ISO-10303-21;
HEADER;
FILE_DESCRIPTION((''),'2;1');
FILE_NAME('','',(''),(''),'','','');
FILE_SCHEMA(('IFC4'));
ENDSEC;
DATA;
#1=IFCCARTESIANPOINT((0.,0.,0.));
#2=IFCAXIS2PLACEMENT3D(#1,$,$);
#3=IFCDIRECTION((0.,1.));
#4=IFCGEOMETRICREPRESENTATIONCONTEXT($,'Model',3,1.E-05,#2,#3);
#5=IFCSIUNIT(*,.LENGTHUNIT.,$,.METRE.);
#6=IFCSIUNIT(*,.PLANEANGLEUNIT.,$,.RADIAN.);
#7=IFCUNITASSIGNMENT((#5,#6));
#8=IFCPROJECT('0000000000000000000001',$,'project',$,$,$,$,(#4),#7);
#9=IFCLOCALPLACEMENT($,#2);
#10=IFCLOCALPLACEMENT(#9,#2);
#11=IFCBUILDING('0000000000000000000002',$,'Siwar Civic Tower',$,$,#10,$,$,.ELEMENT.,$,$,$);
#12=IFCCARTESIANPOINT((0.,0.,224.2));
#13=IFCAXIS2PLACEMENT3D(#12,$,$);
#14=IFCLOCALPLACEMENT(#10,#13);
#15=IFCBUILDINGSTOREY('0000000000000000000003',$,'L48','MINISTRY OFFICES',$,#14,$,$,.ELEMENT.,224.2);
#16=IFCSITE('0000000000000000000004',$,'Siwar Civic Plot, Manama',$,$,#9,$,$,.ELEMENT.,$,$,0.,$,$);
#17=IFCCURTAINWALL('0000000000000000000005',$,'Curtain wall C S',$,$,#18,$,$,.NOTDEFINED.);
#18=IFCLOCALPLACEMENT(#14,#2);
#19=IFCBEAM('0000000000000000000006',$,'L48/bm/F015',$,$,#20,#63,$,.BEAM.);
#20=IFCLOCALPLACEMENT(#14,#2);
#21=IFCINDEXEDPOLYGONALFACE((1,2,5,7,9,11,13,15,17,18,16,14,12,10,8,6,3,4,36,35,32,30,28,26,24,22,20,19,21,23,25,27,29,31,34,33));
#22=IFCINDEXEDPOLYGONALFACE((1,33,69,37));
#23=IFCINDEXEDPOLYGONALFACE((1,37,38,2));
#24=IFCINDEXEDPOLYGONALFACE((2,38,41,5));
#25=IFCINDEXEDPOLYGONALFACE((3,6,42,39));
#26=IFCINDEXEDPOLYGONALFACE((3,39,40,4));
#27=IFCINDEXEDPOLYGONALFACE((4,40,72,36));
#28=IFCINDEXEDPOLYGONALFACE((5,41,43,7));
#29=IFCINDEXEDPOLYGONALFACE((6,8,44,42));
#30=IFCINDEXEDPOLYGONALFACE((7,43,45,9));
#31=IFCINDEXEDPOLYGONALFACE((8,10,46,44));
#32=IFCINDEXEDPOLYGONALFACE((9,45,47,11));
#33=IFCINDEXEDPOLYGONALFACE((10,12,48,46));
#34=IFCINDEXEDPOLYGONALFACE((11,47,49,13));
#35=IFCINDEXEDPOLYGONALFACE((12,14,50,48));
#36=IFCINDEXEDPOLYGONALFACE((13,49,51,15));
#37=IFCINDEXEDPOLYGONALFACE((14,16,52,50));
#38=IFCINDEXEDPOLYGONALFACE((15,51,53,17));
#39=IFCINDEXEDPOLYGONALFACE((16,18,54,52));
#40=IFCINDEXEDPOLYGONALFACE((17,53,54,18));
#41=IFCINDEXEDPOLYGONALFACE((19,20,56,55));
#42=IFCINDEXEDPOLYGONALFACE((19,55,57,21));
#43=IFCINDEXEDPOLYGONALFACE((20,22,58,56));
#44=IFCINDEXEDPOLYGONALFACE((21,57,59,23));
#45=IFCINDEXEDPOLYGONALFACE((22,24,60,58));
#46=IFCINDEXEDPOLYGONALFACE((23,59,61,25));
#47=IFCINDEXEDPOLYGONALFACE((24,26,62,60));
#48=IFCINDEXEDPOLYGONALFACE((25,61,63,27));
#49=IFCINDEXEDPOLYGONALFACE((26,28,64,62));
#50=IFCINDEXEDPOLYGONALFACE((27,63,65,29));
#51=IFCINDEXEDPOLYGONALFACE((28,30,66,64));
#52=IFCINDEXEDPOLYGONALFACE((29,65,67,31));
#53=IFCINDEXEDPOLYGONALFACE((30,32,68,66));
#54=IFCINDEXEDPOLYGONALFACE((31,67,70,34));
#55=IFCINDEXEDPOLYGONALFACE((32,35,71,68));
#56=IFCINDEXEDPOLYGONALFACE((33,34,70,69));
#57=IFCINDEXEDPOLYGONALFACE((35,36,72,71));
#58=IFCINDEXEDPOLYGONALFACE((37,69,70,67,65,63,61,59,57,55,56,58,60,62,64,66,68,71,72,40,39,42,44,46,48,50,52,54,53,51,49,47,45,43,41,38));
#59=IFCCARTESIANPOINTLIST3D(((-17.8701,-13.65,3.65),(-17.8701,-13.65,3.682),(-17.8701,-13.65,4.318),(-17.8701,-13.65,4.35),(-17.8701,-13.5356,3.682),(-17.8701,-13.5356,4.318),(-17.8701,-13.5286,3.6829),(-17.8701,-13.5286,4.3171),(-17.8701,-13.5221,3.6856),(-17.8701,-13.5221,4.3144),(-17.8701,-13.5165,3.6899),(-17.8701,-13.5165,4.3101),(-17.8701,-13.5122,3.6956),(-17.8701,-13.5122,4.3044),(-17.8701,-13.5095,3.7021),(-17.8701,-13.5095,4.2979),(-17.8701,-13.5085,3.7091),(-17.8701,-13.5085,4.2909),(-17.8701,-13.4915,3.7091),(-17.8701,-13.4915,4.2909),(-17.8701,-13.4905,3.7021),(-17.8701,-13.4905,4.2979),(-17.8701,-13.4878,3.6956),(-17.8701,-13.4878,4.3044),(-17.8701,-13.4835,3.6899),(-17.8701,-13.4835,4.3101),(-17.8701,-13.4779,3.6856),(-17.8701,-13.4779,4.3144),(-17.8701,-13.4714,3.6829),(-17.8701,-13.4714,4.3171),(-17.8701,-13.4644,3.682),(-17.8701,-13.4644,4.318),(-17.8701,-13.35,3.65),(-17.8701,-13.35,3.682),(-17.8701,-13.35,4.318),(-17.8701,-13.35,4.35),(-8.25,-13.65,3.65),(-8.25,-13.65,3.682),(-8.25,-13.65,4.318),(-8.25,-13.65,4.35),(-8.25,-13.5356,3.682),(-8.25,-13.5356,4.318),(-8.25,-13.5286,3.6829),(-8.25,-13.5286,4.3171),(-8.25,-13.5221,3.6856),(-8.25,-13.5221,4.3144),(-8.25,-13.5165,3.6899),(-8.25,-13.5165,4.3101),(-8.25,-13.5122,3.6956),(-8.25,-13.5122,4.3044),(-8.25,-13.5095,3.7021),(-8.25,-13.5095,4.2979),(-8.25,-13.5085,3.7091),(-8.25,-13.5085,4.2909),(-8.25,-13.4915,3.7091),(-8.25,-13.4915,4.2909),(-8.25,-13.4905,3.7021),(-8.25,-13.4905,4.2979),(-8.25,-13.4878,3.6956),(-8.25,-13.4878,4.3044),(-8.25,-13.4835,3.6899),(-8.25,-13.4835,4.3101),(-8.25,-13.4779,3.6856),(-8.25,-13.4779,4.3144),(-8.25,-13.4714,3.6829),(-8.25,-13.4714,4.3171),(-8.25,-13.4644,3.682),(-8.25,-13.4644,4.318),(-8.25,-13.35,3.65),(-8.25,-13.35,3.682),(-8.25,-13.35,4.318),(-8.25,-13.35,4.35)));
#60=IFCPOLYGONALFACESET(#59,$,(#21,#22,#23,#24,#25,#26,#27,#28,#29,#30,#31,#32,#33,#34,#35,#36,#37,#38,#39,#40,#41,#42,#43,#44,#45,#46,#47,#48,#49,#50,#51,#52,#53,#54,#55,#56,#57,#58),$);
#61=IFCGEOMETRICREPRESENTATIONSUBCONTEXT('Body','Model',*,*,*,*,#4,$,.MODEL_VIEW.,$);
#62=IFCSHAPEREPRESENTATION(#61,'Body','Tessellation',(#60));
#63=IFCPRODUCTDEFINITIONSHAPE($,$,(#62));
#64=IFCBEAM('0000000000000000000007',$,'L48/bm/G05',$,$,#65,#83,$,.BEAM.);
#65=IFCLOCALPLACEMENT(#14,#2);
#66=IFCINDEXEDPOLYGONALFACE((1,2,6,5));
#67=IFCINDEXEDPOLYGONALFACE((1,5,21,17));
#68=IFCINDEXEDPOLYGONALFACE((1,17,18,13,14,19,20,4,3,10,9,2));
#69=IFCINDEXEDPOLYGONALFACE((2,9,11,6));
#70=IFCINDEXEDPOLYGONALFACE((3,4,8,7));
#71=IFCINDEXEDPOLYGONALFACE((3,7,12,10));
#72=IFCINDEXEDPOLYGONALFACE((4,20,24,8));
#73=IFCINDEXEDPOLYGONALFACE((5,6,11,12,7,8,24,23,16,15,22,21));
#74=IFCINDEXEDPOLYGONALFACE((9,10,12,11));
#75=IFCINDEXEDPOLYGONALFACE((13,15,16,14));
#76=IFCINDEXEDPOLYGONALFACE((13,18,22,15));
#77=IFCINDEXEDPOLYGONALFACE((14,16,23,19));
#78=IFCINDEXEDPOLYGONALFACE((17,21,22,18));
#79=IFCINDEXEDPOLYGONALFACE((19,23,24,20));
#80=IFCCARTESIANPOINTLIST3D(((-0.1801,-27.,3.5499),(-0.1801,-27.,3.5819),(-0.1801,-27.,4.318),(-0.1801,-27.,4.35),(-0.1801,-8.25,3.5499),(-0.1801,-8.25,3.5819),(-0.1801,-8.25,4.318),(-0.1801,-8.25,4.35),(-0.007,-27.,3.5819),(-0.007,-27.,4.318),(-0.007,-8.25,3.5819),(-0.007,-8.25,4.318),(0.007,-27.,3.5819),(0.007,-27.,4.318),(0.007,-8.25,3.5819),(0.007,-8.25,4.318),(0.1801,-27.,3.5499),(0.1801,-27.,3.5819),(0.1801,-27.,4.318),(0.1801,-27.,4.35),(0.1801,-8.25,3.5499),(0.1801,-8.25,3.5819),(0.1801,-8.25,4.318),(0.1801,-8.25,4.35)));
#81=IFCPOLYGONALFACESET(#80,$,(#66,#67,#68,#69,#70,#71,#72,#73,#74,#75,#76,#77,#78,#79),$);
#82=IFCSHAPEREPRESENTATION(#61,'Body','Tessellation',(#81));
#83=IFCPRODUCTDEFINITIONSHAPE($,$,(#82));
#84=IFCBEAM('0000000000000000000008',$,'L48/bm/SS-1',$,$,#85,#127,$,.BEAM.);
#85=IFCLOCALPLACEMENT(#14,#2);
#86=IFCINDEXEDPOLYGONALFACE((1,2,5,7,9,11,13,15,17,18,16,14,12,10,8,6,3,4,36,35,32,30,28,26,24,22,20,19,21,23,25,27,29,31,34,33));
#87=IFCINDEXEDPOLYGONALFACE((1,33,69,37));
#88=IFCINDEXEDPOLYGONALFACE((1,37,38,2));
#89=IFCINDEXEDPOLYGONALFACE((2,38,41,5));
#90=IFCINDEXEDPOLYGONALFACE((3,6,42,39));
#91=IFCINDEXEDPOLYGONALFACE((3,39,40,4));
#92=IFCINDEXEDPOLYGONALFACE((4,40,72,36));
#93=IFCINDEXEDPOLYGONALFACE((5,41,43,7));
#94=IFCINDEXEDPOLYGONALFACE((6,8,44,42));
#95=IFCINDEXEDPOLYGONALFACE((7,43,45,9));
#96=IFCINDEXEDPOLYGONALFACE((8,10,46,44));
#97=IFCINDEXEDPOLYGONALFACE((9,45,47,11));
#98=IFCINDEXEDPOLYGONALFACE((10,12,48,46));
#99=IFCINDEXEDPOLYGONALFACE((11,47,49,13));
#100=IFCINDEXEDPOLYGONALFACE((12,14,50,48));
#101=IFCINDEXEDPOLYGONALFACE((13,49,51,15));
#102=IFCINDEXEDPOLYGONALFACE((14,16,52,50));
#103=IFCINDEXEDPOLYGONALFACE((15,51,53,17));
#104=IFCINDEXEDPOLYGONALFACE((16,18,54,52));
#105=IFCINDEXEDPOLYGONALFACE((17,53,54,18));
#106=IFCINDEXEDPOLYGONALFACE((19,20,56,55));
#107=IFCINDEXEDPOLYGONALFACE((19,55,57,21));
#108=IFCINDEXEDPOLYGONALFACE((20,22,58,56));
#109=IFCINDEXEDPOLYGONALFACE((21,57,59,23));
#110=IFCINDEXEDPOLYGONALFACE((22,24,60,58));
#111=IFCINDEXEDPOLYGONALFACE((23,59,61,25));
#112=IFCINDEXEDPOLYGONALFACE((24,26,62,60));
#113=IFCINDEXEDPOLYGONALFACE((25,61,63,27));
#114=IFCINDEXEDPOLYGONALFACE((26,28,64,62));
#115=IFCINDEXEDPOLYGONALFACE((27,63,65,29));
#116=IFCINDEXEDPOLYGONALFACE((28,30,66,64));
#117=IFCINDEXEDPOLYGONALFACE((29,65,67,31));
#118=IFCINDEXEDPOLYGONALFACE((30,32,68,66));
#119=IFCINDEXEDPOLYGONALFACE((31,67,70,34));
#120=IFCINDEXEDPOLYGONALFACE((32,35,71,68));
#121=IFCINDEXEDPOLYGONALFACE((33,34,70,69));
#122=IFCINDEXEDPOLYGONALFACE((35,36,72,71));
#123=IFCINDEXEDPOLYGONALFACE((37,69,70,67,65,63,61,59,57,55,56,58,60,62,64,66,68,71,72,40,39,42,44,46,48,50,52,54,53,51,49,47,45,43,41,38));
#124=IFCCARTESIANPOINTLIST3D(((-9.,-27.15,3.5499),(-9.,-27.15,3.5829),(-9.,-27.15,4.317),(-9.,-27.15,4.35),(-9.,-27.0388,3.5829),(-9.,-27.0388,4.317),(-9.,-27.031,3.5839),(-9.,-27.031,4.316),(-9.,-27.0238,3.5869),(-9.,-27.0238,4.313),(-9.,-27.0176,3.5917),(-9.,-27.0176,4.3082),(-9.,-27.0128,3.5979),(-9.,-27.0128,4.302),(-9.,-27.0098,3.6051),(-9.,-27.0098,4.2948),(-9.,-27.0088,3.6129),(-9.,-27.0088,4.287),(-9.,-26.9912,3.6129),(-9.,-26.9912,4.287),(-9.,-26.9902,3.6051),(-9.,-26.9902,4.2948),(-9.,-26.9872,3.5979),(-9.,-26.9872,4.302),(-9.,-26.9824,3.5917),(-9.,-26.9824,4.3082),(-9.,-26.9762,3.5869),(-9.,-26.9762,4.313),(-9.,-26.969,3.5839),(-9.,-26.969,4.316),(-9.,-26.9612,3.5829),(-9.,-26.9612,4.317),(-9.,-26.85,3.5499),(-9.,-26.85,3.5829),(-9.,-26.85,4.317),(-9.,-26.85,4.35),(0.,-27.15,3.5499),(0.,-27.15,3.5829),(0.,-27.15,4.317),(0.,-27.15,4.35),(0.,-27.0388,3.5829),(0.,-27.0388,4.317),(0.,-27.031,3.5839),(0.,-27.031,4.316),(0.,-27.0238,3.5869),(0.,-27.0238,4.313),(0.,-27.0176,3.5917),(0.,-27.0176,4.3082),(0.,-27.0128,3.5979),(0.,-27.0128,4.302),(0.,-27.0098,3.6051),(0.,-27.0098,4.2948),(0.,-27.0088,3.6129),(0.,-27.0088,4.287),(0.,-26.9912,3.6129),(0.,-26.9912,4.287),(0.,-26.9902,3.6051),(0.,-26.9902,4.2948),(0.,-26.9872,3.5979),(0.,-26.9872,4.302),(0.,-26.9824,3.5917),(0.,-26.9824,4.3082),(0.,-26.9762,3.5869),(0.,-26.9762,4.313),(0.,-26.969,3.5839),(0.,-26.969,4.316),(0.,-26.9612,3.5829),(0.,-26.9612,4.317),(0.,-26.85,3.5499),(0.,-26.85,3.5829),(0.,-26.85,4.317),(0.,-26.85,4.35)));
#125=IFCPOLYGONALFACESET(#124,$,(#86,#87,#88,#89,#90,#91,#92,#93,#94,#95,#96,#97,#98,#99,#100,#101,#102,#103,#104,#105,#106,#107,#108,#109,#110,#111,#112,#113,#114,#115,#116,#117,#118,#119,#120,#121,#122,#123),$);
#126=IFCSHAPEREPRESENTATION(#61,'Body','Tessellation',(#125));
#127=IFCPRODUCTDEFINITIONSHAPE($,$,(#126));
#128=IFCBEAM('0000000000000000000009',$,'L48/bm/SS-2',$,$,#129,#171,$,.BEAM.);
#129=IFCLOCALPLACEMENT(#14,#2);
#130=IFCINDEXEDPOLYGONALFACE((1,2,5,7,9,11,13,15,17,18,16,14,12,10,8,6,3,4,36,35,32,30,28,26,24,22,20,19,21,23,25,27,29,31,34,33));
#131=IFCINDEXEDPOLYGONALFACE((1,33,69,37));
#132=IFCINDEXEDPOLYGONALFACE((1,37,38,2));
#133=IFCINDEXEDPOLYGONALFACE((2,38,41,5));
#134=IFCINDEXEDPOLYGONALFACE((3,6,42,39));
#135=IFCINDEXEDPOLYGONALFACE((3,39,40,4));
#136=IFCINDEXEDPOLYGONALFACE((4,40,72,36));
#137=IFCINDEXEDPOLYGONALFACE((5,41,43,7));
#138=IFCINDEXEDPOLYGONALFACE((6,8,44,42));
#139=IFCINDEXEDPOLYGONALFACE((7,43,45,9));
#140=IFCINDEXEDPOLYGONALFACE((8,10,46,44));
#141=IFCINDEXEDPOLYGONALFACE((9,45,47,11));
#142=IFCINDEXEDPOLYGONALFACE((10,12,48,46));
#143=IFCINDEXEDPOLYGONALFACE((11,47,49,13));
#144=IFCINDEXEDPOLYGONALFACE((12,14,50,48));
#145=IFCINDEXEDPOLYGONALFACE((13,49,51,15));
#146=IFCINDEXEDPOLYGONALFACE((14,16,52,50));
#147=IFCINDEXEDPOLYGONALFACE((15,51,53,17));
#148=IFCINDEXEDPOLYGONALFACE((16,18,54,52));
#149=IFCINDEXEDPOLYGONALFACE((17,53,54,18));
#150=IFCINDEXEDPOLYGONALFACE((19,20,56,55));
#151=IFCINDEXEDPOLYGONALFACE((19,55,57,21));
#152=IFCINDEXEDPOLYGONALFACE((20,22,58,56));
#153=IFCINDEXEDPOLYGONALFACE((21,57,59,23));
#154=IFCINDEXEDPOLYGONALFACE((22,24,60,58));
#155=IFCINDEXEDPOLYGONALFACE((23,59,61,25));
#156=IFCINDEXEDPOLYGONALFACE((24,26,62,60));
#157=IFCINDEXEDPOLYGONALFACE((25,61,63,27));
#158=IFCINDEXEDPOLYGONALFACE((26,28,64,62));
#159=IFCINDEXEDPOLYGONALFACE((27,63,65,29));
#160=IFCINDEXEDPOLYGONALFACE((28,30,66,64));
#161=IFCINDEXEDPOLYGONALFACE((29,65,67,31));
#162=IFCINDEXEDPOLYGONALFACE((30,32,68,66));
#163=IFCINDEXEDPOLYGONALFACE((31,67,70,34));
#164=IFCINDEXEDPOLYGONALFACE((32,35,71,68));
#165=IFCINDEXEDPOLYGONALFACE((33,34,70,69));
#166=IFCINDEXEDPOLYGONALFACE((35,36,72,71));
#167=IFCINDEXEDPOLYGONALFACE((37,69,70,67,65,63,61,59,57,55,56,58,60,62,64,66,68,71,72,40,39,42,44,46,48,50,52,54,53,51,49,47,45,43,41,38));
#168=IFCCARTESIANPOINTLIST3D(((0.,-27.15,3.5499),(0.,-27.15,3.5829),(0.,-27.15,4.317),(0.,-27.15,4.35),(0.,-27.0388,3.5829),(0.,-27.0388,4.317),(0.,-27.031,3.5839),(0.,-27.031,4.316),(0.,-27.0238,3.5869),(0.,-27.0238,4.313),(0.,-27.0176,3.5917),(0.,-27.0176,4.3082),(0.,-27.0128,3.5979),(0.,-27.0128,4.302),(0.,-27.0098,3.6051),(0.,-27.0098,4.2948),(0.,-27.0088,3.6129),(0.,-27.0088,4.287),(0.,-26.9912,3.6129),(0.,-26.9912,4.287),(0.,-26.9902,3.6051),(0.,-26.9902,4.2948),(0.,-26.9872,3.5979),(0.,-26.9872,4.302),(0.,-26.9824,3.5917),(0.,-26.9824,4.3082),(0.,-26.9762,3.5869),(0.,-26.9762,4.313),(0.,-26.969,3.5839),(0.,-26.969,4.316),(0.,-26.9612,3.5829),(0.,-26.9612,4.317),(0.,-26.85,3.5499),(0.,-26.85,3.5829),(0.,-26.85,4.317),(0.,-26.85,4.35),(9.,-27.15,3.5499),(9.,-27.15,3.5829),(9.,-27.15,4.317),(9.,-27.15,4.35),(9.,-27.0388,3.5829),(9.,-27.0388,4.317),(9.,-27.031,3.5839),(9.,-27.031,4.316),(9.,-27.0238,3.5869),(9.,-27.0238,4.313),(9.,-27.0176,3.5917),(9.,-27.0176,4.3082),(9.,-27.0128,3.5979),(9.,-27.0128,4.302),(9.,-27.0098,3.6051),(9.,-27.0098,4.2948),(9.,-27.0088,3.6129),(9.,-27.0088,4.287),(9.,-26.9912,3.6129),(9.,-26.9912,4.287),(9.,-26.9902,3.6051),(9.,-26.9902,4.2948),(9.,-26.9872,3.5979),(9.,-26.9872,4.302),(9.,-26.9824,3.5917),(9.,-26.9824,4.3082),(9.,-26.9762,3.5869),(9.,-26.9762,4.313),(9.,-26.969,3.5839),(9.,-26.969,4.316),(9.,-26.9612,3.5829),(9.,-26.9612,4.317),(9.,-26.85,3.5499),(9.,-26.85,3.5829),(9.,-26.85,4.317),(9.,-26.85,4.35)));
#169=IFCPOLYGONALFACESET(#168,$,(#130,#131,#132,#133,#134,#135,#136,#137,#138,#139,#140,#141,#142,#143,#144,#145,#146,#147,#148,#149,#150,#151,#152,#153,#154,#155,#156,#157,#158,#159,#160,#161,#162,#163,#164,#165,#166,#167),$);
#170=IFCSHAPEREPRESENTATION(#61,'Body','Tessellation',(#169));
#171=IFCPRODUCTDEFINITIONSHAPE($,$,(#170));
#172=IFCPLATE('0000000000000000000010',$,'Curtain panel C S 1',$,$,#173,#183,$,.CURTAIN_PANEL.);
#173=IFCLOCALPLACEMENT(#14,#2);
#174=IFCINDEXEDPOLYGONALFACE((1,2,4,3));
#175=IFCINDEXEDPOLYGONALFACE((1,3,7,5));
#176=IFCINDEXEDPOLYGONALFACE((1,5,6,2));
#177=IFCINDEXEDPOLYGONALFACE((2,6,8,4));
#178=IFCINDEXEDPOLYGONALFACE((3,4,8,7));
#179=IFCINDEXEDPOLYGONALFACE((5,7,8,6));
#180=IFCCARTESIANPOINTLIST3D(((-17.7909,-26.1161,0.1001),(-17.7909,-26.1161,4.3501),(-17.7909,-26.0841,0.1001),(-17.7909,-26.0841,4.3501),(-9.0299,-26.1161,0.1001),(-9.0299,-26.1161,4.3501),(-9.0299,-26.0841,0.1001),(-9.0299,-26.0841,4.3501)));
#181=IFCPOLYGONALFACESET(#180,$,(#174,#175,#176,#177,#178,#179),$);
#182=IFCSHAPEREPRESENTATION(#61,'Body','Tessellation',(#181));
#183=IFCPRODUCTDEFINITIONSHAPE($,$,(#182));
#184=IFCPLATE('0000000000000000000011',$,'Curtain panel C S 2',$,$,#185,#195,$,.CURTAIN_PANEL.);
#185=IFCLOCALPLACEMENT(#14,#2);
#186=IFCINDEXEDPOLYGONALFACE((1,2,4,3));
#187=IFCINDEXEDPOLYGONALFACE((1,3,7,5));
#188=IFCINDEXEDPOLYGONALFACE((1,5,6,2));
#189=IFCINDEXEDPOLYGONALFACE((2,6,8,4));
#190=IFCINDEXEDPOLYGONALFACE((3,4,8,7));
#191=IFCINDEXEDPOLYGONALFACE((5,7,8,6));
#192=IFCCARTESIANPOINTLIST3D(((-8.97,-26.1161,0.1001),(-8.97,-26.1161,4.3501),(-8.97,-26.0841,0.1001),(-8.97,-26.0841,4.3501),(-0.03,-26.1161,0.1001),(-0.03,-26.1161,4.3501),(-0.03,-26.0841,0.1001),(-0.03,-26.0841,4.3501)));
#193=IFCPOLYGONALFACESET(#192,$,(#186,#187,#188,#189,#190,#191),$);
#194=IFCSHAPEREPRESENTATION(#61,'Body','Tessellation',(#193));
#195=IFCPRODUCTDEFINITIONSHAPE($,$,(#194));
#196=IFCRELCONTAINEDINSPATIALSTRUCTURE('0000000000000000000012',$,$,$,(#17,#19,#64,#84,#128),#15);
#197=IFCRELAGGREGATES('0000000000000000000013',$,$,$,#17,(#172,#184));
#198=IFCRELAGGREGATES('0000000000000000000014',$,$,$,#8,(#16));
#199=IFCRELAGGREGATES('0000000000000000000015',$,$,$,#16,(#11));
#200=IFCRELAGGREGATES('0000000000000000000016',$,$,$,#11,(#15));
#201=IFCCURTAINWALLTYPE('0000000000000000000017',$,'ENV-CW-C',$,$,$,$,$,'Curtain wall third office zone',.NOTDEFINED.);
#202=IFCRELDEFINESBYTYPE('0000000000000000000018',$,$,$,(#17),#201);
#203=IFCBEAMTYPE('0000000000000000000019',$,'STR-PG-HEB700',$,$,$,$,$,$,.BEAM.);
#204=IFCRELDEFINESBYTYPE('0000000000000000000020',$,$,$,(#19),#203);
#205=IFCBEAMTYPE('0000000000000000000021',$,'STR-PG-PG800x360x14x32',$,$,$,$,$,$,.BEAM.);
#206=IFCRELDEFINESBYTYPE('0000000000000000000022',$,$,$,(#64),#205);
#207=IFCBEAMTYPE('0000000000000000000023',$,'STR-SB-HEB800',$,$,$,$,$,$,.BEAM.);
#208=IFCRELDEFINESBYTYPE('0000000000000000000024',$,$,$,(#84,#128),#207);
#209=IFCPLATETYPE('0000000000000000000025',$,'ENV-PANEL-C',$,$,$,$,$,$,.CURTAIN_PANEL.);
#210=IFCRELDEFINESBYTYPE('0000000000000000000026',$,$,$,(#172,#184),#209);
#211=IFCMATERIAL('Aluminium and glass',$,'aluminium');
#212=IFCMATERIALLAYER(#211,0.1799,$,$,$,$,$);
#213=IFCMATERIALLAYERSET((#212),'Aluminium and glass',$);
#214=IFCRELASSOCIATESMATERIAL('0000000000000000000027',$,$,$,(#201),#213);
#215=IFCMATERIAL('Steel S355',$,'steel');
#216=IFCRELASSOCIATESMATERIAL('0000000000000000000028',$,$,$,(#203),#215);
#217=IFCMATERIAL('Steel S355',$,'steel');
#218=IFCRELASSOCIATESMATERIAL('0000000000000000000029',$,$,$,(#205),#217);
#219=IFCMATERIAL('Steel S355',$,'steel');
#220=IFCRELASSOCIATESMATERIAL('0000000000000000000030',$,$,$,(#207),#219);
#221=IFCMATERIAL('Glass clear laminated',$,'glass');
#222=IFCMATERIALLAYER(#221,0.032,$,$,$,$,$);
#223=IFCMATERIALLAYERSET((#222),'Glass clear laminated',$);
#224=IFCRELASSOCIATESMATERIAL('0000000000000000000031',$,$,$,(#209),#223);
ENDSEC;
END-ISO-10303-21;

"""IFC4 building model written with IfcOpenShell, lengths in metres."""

from ifc_helpers import new_model, si_unit, direction, frame, origin, origin_2d, place, context, subcontext, project, spatial, rectangle, i_section, extrude, material, layer, layer_set, material_profile, profile_set, type_object, element, aggregate, save


model = new_model("IFC4")

# Units and contexts
model_context = context("Model", 3, precision=1e-05, world=origin(), true_north=direction((0.0, 1.0)))
body_context = subcontext(model_context, "Body", "Model", "MODEL_VIEW")
ifc_project = project(units=[si_unit("LENGTHUNIT", "METRE"), si_unit("PLANEANGLEUNIT", "RADIAN")], contexts=[model_context])

# Site, building, storey
site_placement = place(None, origin())
site = spatial("IfcSite", under=ifc_project, at=site_placement, Name="Siwar Civic Plot, Manama", CompositionType="ELEMENT", RefElevation=0.0)
building_placement = place(site_placement, origin())
building = spatial("IfcBuilding", under=site, at=building_placement, Name="Siwar Civic Tower", CompositionType="ELEMENT")
storey_placement = place(building_placement, frame((0.0, 0.0, 224.2)))
storey = spatial("IfcBuildingStorey", under=building, at=storey_placement, Name="L48", Description="MINISTRY OFFICES", CompositionType="ELEMENT", Elevation=224.2)

# Curtain wall
ifc_material_1 = material(Name="Aluminium and glass", Category="aluminium")
ifc_layer_1 = layer(ifc_material_1, 0.1799)
ifc_layer_set_1 = layer_set([ifc_layer_1], Name="Aluminium and glass")
curtain_wall_type = type_object("IfcCurtainWallType", Name="ENV-CW-C", ElementType="Curtain wall third office zone", PredefinedType="NOTDEFINED", material=ifc_layer_set_1)
curtain_wall_placement = place(storey_placement, origin())
curtain_wall = element("IfcCurtainWall", 1, at=curtain_wall_placement, inside=storey, type_object=curtain_wall_type, Name="Curtain wall C S", PredefinedType="NOTDEFINED")

# Beams
ifc_material_2 = material(Name="Steel S355", Category="steel")
ifc_material_profile_1 = material_profile(ifc_material_2, i_section(OverallWidth=0.3, OverallDepth=0.7, WebThickness=0.0171, FlangeThickness=0.032, FilletRadius=0.0271, at=origin_2d()), Name="HEB700")
ifc_profile_set_1 = profile_set([ifc_material_profile_1], Name="Steel S355")
beam_type_1 = type_object("IfcBeamType", Name="STR-PG-HEB700", PredefinedType="BEAM", material=ifc_profile_set_1)
beam_1_placement = place(storey_placement, frame((-17.8701, -13.5, 4.0), z_axis=(1.0, 0.0, 0.0), x_axis=(0.0, 1.0, 0.0)))
element("IfcBeam", 2, at=beam_1_placement, inside=storey, type_object=beam_type_1, Name="L48/bm/F015", PredefinedType="BEAM", context=body_context, shape_type="SweptSolid", body=[
    extrude(i_section(OverallWidth=0.3, OverallDepth=0.7, WebThickness=0.0171, FlangeThickness=0.032, FilletRadius=0.0271, at=origin_2d()), origin(), (0.0, 0.0, 1.0), 9.6201),
])
ifc_material_3 = material(Name="Steel S355", Category="steel")
ifc_material_profile_2 = material_profile(ifc_material_3, i_section(OverallWidth=0.3601, OverallDepth=0.8, WebThickness=0.0139, FlangeThickness=0.032, at=origin_2d()), Name="PG800x360x14x32")
ifc_profile_set_2 = profile_set([ifc_material_profile_2], Name="Steel S355")
beam_type_2 = type_object("IfcBeamType", Name="STR-PG-PG800x360x14x32", PredefinedType="BEAM", material=ifc_profile_set_2)
beam_2_placement = place(storey_placement, frame((0.0, -27.0, 3.95), z_axis=(0.0, 1.0, 0.0), x_axis=(-1.0, 0.0, 0.0)))
element("IfcBeam", 3, at=beam_2_placement, inside=storey, type_object=beam_type_2, Name="L48/bm/G05", PredefinedType="BEAM", context=body_context, shape_type="SweptSolid", body=[
    extrude(i_section(OverallWidth=0.3601, OverallDepth=0.8, WebThickness=0.0139, FlangeThickness=0.032, at=origin_2d()), origin(), (0.0, 0.0, 1.0), 18.75),
])
ifc_material_4 = material(Name="Steel S355", Category="steel")
ifc_material_profile_3 = material_profile(ifc_material_4, i_section(OverallWidth=0.3, OverallDepth=0.8, WebThickness=0.0176, FlangeThickness=0.033, FilletRadius=0.03, at=origin_2d()), Name="HEB800")
ifc_profile_set_3 = profile_set([ifc_material_profile_3], Name="Steel S355")
beam_type_3 = type_object("IfcBeamType", Name="STR-SB-HEB800", PredefinedType="BEAM", material=ifc_profile_set_3)
for number, where, z_axis, x_axis, name in (
    (4, (-9.0, -27.0, 3.95), (1.0, 0.0, 0.0), (0.0, 1.0, 0.0), "L48/bm/SS-1"),
    (5, (0.0, -27.0, 3.95), (1.0, 0.0, 0.0), (0.0, 1.0, 0.0), "L48/bm/SS-2"),
):
    element("IfcBeam", number, at=place(storey_placement, frame(where, z_axis=z_axis, x_axis=x_axis)), inside=storey, type_object=beam_type_3, Name=name, PredefinedType="BEAM", context=body_context, shape_type="SweptSolid", body=[
        extrude(i_section(OverallWidth=0.3, OverallDepth=0.8, WebThickness=0.0176, FlangeThickness=0.033, FilletRadius=0.03, at=origin_2d()), origin(), (0.0, 0.0, 1.0), 9.0),
    ])

# Plates
ifc_material_5 = material(Name="Glass clear laminated", Category="glass")
ifc_layer_2 = layer(ifc_material_5, 0.032)
ifc_layer_set_2 = layer_set([ifc_layer_2], Name="Glass clear laminated")
plate_type = type_object("IfcPlateType", Name="ENV-PANEL-C", PredefinedType="CURTAIN_PANEL", material=ifc_layer_set_2)
plate_1_placement = place(storey_placement, frame((-13.4104, -26.1001, 0.1001), z_axis=(0.0, 0.0, 1.0), x_axis=(1.0, 0.0, 0.0)))
plate_1 = element("IfcPlate", 6, at=plate_1_placement, type_object=plate_type, Name="Curtain panel C S 1", PredefinedType="CURTAIN_PANEL", context=body_context, shape_type="SweptSolid", body=[
    extrude(rectangle(XDim=8.761, YDim=0.032, at=origin_2d()), origin(), (0.0, 0.0, 1.0), 4.25),
])
plate_2_placement = place(storey_placement, frame((-4.5, -26.1001, 0.1001), z_axis=(0.0, 0.0, 1.0), x_axis=(1.0, 0.0, 0.0)))
plate_2 = element("IfcPlate", 7, at=plate_2_placement, type_object=plate_type, Name="Curtain panel C S 2", PredefinedType="CURTAIN_PANEL", context=body_context, shape_type="SweptSolid", body=[
    extrude(rectangle(XDim=8.9399, YDim=0.032, at=origin_2d()), origin(), (0.0, 0.0, 1.0), 4.25),
])
aggregate(curtain_wall, [plate_1, plate_2])

save(model, "model.ifc")
